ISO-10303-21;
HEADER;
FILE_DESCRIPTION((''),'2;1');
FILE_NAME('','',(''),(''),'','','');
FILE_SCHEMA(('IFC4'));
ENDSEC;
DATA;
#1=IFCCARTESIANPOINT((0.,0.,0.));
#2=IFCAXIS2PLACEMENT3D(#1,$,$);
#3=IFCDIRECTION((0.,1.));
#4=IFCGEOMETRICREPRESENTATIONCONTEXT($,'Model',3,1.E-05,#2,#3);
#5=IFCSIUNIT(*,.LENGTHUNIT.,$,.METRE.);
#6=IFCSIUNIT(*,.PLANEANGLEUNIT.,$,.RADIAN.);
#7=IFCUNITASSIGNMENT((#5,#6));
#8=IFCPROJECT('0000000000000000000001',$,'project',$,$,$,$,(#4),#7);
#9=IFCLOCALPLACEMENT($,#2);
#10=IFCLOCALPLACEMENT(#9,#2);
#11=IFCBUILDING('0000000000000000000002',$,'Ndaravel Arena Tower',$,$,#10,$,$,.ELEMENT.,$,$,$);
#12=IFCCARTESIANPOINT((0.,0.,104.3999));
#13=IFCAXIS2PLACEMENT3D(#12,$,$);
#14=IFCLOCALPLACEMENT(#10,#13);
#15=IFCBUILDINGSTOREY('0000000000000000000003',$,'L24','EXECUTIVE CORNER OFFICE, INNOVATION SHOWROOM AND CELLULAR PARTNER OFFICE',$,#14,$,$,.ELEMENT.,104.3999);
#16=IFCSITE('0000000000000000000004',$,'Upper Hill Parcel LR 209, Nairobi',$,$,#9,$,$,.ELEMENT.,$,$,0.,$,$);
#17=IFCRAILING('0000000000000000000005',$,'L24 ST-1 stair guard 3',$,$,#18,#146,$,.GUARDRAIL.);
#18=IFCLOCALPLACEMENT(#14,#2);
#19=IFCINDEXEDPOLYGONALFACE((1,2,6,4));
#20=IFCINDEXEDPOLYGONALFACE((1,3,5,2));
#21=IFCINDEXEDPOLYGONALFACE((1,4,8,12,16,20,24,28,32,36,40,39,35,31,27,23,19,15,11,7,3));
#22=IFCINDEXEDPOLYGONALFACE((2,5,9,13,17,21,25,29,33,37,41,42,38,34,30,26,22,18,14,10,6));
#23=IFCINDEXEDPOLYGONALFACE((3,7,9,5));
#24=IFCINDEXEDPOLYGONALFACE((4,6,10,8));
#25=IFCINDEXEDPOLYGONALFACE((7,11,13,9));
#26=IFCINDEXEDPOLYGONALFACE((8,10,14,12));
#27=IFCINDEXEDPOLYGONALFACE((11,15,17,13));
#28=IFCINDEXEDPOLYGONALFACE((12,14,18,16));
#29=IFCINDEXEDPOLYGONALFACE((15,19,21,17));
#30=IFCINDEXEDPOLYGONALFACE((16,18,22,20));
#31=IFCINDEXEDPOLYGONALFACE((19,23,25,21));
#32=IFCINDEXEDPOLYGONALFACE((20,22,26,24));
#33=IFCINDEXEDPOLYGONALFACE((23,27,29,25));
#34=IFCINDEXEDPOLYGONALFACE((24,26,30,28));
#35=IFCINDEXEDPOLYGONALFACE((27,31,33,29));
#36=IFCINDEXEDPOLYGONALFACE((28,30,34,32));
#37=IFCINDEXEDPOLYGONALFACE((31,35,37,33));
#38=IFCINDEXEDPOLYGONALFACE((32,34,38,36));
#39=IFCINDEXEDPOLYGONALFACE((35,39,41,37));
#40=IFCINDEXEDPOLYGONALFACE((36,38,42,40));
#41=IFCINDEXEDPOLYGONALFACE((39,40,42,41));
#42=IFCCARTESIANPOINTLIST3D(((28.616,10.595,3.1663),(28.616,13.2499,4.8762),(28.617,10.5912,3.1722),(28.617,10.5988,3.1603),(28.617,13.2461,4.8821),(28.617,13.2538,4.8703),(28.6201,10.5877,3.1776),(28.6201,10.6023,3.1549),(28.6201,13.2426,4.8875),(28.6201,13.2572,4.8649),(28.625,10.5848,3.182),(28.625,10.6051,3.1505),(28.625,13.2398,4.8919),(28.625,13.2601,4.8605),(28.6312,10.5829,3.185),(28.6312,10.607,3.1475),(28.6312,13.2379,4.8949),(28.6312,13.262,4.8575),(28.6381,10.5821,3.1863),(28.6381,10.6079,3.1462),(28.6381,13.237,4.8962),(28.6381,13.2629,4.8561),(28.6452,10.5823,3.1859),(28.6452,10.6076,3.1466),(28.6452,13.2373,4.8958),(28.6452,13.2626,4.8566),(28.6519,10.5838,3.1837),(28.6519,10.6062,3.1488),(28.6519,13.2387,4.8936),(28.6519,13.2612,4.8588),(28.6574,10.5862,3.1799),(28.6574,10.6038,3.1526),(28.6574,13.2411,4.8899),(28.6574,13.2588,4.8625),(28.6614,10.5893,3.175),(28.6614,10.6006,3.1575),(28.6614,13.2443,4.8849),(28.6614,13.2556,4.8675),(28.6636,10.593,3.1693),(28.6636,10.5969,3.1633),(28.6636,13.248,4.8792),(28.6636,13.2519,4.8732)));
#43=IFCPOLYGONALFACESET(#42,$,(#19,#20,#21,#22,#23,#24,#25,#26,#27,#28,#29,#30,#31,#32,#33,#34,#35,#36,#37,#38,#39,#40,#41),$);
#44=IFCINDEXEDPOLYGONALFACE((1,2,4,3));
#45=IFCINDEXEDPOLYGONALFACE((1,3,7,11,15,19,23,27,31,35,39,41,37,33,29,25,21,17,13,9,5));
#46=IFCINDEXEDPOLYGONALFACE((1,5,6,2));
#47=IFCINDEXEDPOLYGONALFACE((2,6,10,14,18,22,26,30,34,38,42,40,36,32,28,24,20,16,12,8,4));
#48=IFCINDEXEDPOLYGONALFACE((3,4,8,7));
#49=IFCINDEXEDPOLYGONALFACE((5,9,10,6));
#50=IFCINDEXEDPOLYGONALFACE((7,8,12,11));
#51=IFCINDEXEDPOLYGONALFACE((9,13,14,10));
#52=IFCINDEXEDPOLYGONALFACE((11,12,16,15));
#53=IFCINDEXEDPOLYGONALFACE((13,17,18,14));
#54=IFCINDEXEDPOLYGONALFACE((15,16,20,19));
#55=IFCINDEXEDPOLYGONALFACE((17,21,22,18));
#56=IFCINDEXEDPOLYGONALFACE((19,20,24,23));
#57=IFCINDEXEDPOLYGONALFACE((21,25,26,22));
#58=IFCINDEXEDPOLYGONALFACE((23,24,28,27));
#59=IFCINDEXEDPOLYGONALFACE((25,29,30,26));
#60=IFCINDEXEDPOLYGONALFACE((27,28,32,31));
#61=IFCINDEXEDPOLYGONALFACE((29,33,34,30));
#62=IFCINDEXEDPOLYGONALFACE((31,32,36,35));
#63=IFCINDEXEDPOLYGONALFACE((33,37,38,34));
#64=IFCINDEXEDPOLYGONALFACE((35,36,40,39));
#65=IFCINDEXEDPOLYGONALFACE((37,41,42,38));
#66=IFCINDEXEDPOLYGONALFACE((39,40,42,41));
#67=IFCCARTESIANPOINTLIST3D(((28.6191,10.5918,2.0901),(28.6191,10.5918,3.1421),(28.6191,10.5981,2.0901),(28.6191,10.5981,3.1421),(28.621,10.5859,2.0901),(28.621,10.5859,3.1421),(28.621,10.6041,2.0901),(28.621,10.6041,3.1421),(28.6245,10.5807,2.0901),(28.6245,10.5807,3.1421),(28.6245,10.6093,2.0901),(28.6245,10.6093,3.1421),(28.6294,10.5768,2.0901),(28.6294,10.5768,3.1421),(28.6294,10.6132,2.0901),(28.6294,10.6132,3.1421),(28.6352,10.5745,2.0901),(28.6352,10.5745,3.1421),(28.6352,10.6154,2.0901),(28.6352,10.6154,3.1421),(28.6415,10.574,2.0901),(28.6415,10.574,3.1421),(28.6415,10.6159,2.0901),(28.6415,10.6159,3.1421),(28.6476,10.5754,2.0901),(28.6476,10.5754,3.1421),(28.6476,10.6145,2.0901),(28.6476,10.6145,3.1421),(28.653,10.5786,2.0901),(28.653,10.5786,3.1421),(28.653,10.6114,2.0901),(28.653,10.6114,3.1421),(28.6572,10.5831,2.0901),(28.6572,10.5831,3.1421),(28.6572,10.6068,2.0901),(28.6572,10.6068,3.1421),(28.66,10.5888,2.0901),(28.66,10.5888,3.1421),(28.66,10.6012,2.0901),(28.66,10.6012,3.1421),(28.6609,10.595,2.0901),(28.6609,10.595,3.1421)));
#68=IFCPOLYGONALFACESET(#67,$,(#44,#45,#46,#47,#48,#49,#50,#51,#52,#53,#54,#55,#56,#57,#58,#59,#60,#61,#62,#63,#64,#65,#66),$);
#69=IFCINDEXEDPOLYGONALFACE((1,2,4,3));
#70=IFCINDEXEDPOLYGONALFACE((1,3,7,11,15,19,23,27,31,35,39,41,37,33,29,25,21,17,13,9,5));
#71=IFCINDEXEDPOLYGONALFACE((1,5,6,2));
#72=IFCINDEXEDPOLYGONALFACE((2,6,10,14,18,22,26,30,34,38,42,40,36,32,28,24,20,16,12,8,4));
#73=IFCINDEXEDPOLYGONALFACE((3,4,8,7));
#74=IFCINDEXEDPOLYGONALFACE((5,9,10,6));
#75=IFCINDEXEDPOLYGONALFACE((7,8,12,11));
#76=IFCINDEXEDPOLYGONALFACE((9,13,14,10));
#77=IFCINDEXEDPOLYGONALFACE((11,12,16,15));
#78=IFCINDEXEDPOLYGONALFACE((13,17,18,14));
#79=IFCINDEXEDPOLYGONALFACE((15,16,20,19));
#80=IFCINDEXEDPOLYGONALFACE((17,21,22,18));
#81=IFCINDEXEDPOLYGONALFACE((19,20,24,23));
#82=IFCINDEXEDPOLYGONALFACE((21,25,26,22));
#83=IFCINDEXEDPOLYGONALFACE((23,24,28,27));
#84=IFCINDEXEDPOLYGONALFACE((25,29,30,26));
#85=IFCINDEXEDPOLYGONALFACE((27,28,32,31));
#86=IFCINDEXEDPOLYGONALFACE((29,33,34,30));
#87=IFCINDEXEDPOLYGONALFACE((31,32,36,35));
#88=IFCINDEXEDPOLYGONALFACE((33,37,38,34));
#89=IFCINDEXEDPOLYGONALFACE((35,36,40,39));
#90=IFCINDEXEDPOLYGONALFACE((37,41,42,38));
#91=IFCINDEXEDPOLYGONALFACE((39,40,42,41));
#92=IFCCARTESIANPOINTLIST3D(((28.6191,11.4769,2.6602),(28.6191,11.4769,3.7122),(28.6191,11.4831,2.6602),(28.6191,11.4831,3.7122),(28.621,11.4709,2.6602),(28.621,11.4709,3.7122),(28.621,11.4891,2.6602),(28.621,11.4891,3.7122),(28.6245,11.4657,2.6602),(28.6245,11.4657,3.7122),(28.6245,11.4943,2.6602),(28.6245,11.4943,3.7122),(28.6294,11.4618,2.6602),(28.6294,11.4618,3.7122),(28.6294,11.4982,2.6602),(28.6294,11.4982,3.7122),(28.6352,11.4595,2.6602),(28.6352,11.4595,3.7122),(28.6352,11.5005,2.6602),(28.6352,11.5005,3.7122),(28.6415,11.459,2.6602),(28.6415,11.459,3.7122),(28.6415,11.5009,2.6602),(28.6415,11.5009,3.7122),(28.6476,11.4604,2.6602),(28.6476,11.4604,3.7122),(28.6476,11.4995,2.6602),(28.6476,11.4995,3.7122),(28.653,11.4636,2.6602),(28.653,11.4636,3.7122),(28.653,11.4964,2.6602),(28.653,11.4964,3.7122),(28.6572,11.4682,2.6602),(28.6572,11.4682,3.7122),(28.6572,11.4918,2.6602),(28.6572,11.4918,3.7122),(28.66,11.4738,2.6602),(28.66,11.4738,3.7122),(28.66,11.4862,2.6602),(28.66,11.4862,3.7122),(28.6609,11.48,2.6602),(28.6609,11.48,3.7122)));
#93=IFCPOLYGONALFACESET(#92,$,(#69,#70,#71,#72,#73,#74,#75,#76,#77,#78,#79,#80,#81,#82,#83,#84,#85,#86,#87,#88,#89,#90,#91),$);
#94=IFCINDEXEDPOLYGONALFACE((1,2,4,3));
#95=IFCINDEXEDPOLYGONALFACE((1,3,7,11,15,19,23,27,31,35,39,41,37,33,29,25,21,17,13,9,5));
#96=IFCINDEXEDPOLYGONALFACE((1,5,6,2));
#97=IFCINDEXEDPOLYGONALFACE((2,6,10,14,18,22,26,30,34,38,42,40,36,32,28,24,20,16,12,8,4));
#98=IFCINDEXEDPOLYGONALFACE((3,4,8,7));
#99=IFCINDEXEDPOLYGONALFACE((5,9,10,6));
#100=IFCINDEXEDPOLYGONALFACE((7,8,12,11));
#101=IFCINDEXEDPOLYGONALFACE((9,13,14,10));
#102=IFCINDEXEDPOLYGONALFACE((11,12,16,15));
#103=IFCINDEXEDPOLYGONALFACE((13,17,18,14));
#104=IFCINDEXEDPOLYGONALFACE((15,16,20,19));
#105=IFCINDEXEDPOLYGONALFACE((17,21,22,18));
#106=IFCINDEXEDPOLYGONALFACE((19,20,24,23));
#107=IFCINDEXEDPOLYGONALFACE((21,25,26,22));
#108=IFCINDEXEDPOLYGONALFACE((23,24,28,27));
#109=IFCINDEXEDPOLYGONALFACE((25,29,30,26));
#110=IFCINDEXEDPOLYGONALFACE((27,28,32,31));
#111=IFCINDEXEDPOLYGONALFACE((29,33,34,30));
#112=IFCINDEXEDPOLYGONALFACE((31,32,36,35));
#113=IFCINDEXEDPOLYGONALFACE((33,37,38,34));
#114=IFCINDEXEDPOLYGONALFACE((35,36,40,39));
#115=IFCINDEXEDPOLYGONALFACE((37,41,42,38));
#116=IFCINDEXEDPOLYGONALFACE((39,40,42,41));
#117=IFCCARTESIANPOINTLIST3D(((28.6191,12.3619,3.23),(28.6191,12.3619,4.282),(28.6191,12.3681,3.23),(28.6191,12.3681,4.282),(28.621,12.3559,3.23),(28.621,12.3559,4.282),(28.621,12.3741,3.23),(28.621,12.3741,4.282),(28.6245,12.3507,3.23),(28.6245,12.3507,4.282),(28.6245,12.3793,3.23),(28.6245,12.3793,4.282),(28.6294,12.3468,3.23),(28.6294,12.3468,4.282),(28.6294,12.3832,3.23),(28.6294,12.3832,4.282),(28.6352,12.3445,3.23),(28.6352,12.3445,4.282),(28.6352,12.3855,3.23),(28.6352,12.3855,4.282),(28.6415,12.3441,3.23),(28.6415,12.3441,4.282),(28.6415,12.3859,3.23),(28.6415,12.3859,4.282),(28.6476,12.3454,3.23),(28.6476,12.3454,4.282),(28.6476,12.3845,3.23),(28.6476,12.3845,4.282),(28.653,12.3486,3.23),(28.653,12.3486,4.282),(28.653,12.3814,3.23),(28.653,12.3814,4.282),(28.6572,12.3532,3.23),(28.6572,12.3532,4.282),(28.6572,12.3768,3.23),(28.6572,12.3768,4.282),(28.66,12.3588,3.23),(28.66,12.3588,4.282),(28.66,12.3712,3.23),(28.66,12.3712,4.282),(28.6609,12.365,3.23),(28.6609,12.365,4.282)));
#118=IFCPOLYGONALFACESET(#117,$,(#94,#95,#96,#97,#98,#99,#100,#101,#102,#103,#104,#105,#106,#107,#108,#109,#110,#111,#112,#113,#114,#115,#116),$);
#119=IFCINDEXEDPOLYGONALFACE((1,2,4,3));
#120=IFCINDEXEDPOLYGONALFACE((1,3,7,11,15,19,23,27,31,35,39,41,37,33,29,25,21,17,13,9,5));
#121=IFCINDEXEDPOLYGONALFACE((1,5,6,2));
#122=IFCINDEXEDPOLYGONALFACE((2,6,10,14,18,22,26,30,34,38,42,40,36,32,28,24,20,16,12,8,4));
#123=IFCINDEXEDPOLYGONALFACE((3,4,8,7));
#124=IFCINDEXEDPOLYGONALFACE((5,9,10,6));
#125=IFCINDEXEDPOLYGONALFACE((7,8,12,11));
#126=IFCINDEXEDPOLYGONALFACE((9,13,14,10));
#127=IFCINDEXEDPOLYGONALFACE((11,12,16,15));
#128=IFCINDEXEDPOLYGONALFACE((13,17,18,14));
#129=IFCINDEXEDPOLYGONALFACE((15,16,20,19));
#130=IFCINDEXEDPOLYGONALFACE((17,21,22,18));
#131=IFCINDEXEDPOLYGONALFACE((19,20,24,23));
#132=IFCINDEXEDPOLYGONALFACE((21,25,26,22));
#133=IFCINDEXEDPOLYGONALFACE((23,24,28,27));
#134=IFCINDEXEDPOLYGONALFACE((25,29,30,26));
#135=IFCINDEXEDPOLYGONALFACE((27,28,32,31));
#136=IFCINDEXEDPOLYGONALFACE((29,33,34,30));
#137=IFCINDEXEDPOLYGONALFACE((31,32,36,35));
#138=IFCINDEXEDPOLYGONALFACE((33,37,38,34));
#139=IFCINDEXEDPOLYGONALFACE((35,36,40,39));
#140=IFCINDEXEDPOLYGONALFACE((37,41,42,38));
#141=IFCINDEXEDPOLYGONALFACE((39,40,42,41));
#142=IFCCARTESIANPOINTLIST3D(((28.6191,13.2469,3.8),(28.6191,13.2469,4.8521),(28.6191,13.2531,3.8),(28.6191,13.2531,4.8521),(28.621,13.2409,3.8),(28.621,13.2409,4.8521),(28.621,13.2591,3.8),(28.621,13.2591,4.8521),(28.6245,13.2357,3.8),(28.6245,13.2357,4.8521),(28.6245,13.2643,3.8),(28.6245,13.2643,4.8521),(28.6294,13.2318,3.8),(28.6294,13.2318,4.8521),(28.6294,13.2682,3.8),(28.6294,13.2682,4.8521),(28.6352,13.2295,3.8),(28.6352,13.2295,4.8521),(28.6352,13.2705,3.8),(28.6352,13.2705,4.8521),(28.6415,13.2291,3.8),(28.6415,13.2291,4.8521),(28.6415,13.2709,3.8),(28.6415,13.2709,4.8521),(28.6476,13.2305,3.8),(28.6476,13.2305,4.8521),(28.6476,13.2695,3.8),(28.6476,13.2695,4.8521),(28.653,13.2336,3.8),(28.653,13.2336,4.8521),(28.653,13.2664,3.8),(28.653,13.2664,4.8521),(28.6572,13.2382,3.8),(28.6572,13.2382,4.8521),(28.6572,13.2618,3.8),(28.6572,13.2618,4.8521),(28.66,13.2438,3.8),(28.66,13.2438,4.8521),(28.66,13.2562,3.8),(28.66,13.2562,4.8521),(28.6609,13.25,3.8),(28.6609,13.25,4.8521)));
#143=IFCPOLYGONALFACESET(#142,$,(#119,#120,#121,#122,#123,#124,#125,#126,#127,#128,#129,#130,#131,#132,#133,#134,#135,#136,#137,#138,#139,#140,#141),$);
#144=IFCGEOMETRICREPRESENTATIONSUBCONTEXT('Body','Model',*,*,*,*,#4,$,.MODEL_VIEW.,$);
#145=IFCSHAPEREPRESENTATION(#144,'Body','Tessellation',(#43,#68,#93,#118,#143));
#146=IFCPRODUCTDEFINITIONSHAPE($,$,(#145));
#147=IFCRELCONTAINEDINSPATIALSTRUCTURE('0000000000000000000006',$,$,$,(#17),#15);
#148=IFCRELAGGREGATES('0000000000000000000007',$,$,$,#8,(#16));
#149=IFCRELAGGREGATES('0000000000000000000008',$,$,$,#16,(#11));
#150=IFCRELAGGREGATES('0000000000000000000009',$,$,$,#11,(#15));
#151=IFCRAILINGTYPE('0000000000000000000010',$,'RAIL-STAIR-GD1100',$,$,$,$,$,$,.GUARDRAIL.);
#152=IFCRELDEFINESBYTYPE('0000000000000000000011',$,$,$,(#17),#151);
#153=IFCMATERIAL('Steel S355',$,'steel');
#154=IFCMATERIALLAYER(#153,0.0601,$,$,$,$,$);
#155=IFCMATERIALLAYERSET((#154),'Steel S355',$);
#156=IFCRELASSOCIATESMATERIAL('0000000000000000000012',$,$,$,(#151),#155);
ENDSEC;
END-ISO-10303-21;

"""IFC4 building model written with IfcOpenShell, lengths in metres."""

from ifc_helpers import new_model, si_unit, direction, frame, origin, origin_2d, place, context, subcontext, project, spatial, circle, extrude, material, layer, layer_set, type_object, element, save


model = new_model("IFC4")

# Units and contexts
model_context = context("Model", 3, precision=1e-05, world=origin(), true_north=direction((0.0, 1.0)))
body_context = subcontext(model_context, "Body", "Model", "MODEL_VIEW")
ifc_project = project(units=[si_unit("LENGTHUNIT", "METRE"), si_unit("PLANEANGLEUNIT", "RADIAN")], contexts=[model_context])

# Site, building, storey
site_placement = place(None, origin())
site = spatial("IfcSite", under=ifc_project, at=site_placement, Name="Upper Hill Parcel LR 209, Nairobi", CompositionType="ELEMENT", RefElevation=0.0)
building_placement = place(site_placement, origin())
building = spatial("IfcBuilding", under=site, at=building_placement, Name="Ndaravel Arena Tower", CompositionType="ELEMENT")
storey_placement = place(building_placement, frame((0.0, 0.0, 104.3999)))
storey = spatial("IfcBuildingStorey", under=building, at=storey_placement, Name="L24", Description="EXECUTIVE CORNER OFFICE, INNOVATION SHOWROOM AND CELLULAR PARTNER OFFICE", CompositionType="ELEMENT", Elevation=104.3999)

# Railing
ifc_material_1 = material(Name="Steel S355", Category="steel")
ifc_layer_1 = layer(ifc_material_1, 0.0601)
ifc_layer_set_1 = layer_set([ifc_layer_1], Name="Steel S355")
railing_type_1 = type_object("IfcRailingType", Name="RAIL-STAIR-GD1100", PredefinedType="GUARDRAIL", material=ifc_layer_set_1)
railing_1_placement = place(storey_placement, frame((28.6399, 10.595, 2.0901)))
element("IfcRailing", 1, at=railing_1_placement, inside=storey, type_object=railing_type_1, Name="L24 ST-1 stair guard 3", PredefinedType="GUARDRAIL", context=body_context, shape_type="SweptSolid", body=[
    extrude(circle(Radius=0.0239, at=origin_2d()), frame((0.0, 0.0, 1.0762), z_axis=(0.0, 0.840724, 0.541465), x_axis=(-1.0, 0.0, 0.0)), (0.0, 0.0, 1.0), 3.158),
    extrude(circle(Radius=0.021, at=origin_2d()), origin(), (0.0, 0.0, 1.0), 1.052),
    extrude(circle(Radius=0.021, at=origin_2d()), frame((0.0, 0.885, 0.5701)), (0.0, 0.0, 1.0), 1.052),
    extrude(circle(Radius=0.021, at=origin_2d()), frame((0.0, 1.77, 1.1399)), (0.0, 0.0, 1.0), 1.052),
    extrude(circle(Radius=0.021, at=origin_2d()), frame((0.0, 2.655, 1.71)), (0.0, 0.0, 1.0), 1.052),
])

save(model, "model.ifc")
